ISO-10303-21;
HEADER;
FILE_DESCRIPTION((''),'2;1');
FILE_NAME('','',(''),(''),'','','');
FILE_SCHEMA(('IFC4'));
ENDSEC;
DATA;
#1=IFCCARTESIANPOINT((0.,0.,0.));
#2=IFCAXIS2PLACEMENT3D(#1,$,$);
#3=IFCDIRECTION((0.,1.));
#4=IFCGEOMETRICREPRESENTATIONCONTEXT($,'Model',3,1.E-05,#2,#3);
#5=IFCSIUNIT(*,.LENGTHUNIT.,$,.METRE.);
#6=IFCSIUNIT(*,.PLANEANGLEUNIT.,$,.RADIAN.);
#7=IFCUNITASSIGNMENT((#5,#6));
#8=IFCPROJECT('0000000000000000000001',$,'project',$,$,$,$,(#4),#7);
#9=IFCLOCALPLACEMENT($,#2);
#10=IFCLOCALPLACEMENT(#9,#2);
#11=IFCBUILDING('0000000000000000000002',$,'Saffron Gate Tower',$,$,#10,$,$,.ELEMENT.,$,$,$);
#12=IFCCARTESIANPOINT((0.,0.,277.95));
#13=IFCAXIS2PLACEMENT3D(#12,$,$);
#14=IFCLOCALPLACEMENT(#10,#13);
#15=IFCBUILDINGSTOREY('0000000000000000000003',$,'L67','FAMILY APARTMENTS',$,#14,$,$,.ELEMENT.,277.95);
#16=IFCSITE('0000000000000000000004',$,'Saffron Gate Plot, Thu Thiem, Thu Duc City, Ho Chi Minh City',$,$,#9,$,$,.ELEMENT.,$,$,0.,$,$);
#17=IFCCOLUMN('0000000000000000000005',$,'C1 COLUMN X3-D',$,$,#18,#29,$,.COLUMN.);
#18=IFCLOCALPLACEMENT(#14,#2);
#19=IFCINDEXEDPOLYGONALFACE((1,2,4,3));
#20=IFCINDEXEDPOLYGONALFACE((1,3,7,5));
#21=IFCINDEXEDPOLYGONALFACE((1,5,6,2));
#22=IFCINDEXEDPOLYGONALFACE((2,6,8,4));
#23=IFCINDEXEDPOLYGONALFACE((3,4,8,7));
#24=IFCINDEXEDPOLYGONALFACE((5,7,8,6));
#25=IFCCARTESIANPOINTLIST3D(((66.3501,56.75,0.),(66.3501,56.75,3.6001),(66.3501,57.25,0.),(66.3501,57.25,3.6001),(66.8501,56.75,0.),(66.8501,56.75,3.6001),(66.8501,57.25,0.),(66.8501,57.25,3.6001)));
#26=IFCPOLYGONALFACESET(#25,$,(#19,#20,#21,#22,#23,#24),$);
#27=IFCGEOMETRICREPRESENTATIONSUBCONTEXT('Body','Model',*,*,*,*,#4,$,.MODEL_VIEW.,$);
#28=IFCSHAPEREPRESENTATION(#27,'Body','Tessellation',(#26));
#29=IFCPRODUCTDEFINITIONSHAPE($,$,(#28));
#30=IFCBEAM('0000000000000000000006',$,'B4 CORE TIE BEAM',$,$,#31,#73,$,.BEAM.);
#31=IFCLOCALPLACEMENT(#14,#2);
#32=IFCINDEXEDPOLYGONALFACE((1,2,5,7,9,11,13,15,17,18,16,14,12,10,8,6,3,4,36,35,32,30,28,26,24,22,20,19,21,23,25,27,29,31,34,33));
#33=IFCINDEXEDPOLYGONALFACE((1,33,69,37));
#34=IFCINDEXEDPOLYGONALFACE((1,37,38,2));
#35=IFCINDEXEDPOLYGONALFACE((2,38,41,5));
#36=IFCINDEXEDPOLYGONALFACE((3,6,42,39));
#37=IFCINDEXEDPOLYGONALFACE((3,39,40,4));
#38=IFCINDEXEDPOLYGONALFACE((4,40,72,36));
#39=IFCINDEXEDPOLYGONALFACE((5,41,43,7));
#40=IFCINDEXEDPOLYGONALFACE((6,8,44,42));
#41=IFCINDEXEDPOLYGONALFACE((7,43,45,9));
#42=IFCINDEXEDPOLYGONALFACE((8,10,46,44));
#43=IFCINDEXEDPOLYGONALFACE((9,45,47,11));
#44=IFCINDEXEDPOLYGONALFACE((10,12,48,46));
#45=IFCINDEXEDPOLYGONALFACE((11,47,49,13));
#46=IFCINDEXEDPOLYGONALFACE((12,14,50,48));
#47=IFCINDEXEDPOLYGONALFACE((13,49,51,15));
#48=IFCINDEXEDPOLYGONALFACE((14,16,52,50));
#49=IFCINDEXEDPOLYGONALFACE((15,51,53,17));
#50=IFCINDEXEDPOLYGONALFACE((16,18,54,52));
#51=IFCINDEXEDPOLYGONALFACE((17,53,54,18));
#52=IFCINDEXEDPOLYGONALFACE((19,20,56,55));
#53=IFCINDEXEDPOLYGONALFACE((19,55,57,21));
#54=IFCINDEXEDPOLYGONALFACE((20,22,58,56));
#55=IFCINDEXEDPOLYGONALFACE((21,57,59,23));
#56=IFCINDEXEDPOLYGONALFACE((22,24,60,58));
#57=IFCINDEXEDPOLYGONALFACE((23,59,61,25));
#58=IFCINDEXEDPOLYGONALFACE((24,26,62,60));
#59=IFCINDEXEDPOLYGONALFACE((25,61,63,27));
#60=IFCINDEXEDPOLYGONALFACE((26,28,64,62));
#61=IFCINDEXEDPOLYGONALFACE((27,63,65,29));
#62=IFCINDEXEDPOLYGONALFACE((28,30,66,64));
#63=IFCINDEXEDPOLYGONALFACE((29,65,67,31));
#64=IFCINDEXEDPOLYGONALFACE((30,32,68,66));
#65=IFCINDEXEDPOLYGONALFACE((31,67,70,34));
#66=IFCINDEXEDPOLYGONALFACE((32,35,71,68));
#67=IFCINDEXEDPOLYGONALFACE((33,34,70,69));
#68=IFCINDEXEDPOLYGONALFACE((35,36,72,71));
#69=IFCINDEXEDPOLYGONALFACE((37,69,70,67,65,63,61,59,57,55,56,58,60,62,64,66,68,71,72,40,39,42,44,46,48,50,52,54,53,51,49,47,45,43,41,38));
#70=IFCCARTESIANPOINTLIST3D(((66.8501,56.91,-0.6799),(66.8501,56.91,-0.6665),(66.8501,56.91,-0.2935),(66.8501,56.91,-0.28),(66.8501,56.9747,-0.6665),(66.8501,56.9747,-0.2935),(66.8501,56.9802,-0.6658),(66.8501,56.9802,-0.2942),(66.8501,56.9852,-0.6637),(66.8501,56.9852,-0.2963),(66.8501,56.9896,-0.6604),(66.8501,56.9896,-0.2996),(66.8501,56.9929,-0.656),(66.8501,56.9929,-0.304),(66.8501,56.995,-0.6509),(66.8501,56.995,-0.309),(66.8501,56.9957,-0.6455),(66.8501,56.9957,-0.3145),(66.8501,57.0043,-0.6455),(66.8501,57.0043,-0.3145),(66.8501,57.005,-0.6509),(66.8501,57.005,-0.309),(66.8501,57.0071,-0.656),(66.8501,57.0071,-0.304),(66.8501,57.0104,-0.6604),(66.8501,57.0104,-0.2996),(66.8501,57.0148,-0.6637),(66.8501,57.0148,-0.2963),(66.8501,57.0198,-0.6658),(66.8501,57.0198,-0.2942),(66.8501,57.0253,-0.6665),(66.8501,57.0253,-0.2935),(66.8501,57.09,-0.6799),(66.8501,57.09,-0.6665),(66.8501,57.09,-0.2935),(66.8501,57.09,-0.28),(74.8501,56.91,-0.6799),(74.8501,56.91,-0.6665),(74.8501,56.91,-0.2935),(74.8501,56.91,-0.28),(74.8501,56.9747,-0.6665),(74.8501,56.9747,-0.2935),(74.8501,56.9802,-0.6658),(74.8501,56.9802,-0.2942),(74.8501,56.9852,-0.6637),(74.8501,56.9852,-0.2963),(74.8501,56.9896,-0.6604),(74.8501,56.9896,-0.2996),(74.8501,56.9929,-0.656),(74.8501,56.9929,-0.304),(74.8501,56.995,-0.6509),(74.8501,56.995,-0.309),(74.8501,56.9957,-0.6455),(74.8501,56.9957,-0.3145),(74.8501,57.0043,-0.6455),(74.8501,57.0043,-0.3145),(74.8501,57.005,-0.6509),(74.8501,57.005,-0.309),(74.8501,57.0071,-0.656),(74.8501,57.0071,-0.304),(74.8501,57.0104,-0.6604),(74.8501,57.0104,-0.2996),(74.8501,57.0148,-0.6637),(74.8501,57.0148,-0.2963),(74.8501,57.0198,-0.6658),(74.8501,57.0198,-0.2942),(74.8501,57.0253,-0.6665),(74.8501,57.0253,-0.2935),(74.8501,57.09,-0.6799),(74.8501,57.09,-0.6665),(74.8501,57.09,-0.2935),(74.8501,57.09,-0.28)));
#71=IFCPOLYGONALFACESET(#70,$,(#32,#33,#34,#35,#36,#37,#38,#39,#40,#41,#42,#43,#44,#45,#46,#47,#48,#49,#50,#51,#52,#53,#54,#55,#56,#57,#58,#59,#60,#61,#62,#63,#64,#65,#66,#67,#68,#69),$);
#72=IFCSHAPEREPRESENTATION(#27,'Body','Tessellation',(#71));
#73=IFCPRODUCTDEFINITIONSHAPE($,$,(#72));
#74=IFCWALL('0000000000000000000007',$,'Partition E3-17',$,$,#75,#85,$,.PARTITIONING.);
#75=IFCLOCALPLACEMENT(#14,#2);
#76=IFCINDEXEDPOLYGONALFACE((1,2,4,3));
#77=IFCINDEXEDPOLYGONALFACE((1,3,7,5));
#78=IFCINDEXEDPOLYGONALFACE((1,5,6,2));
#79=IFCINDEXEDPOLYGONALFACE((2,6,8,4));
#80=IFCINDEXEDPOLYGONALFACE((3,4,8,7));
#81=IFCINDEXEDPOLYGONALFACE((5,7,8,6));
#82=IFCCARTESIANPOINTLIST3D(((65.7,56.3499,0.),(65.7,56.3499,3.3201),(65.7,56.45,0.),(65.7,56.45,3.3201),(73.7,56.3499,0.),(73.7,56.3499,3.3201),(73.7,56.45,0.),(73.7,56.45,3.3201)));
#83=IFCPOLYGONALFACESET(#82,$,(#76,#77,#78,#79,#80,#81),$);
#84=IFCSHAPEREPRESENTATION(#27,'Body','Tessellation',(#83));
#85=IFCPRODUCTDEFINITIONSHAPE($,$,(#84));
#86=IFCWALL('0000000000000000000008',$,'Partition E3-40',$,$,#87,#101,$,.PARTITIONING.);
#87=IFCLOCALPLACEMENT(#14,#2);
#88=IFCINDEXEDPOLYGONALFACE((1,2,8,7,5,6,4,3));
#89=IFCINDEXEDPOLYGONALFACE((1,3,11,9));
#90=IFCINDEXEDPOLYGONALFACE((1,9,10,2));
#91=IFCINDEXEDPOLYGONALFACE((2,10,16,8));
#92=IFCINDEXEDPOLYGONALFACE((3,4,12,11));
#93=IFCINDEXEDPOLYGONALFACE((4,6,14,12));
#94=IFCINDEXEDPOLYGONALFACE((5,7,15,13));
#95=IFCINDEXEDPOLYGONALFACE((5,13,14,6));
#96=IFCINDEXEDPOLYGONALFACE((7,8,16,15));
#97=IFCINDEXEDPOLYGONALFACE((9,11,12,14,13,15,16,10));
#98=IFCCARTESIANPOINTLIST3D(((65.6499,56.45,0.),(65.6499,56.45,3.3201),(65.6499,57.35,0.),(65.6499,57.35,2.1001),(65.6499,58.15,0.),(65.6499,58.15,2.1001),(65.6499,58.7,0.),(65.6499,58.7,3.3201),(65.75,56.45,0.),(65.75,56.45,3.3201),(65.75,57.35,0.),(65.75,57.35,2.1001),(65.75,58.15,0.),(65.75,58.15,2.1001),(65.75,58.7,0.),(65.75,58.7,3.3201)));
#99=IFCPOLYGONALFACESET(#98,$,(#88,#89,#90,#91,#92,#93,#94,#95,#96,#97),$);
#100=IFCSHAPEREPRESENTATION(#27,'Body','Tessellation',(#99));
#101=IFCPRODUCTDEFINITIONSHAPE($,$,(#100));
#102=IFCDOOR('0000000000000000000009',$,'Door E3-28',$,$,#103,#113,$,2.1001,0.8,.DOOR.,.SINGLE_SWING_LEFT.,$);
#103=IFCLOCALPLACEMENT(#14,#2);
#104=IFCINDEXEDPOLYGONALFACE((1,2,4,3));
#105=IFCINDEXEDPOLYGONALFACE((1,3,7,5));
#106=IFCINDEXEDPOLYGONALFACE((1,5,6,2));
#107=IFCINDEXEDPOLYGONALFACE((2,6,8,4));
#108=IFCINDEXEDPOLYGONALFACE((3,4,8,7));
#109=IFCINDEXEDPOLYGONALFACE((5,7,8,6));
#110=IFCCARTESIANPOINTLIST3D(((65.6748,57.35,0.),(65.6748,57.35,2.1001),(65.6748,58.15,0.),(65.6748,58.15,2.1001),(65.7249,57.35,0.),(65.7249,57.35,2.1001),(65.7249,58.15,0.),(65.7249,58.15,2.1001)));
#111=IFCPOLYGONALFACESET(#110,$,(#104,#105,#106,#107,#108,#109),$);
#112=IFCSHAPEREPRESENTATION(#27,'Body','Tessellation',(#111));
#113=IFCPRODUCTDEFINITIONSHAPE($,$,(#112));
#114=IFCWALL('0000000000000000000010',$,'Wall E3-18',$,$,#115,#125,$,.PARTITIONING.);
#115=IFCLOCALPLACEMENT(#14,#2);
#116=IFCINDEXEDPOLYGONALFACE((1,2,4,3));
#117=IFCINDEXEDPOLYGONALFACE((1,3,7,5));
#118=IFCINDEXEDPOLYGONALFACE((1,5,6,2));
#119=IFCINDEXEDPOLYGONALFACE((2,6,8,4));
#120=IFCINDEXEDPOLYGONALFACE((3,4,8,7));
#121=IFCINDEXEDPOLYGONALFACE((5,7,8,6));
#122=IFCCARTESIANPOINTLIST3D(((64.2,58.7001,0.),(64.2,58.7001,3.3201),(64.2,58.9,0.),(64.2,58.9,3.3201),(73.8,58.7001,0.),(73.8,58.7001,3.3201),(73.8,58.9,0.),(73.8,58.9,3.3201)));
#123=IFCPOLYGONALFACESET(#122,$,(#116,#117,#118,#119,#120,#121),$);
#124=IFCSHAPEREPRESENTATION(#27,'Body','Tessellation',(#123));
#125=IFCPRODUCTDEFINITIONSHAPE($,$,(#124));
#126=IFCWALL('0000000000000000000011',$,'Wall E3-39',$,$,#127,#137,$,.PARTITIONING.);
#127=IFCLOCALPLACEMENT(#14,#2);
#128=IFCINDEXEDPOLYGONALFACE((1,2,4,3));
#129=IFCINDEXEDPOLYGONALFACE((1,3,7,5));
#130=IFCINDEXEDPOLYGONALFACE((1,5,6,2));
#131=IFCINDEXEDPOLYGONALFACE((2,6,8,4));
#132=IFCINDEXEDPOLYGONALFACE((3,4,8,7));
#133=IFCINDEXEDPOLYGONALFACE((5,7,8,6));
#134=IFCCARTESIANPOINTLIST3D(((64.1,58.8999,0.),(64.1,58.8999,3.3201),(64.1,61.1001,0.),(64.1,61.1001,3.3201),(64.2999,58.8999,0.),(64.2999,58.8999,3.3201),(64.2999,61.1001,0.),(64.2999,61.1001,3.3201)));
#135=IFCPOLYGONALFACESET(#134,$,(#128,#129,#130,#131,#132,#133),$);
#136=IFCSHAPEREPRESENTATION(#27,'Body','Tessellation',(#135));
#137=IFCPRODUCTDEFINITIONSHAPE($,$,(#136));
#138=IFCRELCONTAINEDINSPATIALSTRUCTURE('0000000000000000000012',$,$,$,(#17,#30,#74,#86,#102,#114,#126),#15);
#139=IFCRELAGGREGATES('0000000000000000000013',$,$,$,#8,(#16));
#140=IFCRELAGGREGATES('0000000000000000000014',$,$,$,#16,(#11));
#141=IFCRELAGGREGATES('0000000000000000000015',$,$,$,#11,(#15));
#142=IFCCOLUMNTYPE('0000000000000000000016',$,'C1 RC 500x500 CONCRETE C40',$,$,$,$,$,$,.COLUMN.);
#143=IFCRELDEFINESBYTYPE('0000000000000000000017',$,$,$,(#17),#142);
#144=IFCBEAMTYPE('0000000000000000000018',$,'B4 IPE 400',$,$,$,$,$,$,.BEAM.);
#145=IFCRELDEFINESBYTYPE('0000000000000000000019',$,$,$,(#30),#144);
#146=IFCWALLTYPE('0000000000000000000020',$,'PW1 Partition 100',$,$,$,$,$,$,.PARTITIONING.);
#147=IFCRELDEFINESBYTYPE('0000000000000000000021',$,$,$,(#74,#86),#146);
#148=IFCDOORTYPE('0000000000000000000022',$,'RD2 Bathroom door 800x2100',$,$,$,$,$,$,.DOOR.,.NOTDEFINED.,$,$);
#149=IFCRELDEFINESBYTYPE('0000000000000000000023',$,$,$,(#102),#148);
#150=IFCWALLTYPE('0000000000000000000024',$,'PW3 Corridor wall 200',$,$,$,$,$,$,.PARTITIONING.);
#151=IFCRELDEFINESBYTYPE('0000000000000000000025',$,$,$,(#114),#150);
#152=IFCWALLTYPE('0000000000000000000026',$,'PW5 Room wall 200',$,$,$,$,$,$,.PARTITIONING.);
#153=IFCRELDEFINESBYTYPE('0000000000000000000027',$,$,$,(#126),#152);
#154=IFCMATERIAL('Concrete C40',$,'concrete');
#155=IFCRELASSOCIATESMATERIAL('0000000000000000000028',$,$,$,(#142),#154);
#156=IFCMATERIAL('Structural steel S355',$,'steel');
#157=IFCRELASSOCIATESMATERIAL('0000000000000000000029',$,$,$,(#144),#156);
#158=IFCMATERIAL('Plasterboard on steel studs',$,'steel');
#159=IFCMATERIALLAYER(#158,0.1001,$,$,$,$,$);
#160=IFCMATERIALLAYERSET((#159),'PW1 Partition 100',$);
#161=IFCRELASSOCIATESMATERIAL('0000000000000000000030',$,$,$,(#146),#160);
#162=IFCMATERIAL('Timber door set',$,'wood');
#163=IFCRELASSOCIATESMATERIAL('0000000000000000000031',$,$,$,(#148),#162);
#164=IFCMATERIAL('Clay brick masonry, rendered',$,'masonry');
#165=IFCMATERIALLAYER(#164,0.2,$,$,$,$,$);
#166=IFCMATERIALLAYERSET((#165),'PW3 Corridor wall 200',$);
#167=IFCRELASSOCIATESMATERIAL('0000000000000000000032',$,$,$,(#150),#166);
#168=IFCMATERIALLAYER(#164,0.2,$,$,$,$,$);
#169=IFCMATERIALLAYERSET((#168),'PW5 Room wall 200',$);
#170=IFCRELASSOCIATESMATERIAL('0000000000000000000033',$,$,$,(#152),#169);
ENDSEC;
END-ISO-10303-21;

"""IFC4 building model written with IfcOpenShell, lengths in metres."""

from ifc_helpers import new_model, si_unit, direction, frame, frame_2d, origin, origin_2d, place, context, subcontext, project, spatial, rectangle, i_section, extrude, material, layer, layer_set, material_profile, profile_set, type_object, element, fill, save


model = new_model("IFC4")

# Units and contexts
model_context = context("Model", 3, precision=1e-05, world=origin(), true_north=direction((0.0, 1.0)))
body_context = subcontext(model_context, "Body", "Model", "MODEL_VIEW")
ifc_project = project(units=[si_unit("LENGTHUNIT", "METRE"), si_unit("PLANEANGLEUNIT", "RADIAN")], contexts=[model_context])

# Site, building, storey
site_placement = place(None, origin())
site = spatial("IfcSite", under=ifc_project, at=site_placement, Name="Saffron Gate Plot, Thu Thiem, Thu Duc City, Ho Chi Minh City", CompositionType="ELEMENT", RefElevation=0.0)
building_placement = place(site_placement, origin())
building = spatial("IfcBuilding", under=site, at=building_placement, Name="Saffron Gate Tower", CompositionType="ELEMENT")
storey_placement = place(building_placement, frame((0.0, 0.0, 277.95)))
storey = spatial("IfcBuildingStorey", under=building, at=storey_placement, Name="L67", Description="FAMILY APARTMENTS", CompositionType="ELEMENT", Elevation=277.95)

# Column
ifc_material_1 = material(Name="Concrete C40", Category="concrete")
ifc_material_profile_1 = material_profile(ifc_material_1, rectangle(XDim=0.5, YDim=0.5, at=origin_2d()))
ifc_profile_set_1 = profile_set([ifc_material_profile_1], Name="Concrete C40")
column_type = type_object("IfcColumnType", Name="C1 RC 500x500 CONCRETE C40", PredefinedType="COLUMN", material=ifc_profile_set_1)
column_placement = place(storey_placement, frame((66.6001, 57.0, 0.0), z_axis=(0.0, 0.0, 1.0), x_axis=(1.0, 0.0, 0.0)))
element("IfcColumn", 1, at=column_placement, inside=storey, type_object=column_type, Name="C1 COLUMN X3-D", PredefinedType="COLUMN", context=body_context, shape_type="SweptSolid", body=[
    extrude(rectangle(XDim=0.5, YDim=0.5, at=origin_2d()), origin(), (0.0, 0.0, 1.0), 3.6001),
])

# Beam
ifc_material_2 = material(Name="Structural steel S355", Category="steel")
ifc_material_profile_2 = material_profile(ifc_material_2, i_section(OverallWidth=0.1799, OverallDepth=0.3999, WebThickness=0.0085, FlangeThickness=0.0134, FilletRadius=0.021, at=origin_2d()))
ifc_profile_set_2 = profile_set([ifc_material_profile_2], Name="Structural steel S355")
beam_type = type_object("IfcBeamType", Name="B4 IPE 400", PredefinedType="BEAM", material=ifc_profile_set_2)
beam_placement = place(storey_placement, frame((66.8501, 57.0, -0.48), z_axis=(1.0, 0.0, 0.0), x_axis=(0.0, 1.0, 0.0)))
element("IfcBeam", 2, at=beam_placement, inside=storey, type_object=beam_type, Name="B4 CORE TIE BEAM", PredefinedType="BEAM", context=body_context, shape_type="SweptSolid", body=[
    extrude(i_section(OverallWidth=0.1799, OverallDepth=0.3999, WebThickness=0.0085, FlangeThickness=0.0134, FilletRadius=0.021, at=origin_2d()), origin(), (0.0, 0.0, 1.0), 8.0),
])

# Wall
ifc_material_3 = material(Name="Plasterboard on steel studs", Category="steel")
ifc_layer_1 = layer(ifc_material_3, 0.1001)
ifc_layer_set_1 = layer_set([ifc_layer_1], Name="PW1 Partition 100")
wall_type_1 = type_object("IfcWallType", Name="PW1 Partition 100", PredefinedType="PARTITIONING", material=ifc_layer_set_1)
wall_1_placement = place(storey_placement, frame((65.7, 56.3999, 0.0), z_axis=(0.0, 0.0, 1.0), x_axis=(1.0, 0.0, 0.0)))
element("IfcWall", 3, at=wall_1_placement, inside=storey, type_object=wall_type_1, Name="Partition E3-17", PredefinedType="PARTITIONING", context=body_context, shape_type="SweptSolid", body=[
    extrude(rectangle(XDim=8.0, YDim=0.1001, at=frame_2d((4.0, 0.0))), origin(), (0.0, 0.0, 1.0), 3.3201),
])

# Wall, opening, door
wall_2_placement = place(storey_placement, frame((65.7, 58.7, 0.0), z_axis=(0.0, 0.0, 1.0), x_axis=(0.0, -1.0, 0.0)))
wall_2 = element("IfcWall", 4, at=wall_2_placement, inside=storey, type_object=wall_type_1, Name="Partition E3-40", PredefinedType="PARTITIONING", context=body_context, shape_type="SweptSolid", body=[
    extrude(rectangle(XDim=2.25, YDim=0.1001, at=frame_2d((1.125, 0.0))), origin(), (0.0, 0.0, 1.0), 3.3201),
])
opening_placement = place(wall_2_placement, frame((0.55, 0.0, 0.0)))
opening = element("IfcOpeningElement", 5, at=opening_placement, cuts=wall_2, PredefinedType="OPENING", context=body_context, shape_type="SweptSolid", body=[
    extrude(rectangle(XDim=0.8, YDim=2.1001, at=frame_2d((0.3999, 1.05))), frame((0.0, 0.0601, 0.0), z_axis=(0.0, -1.0, 0.0), x_axis=(1.0, 0.0, 0.0)), (0.0, 0.0, 1.0), 0.1201),
])
ifc_material_4 = material(Name="Timber door set", Category="wood")
door_type = type_object("IfcDoorType", Name="RD2 Bathroom door 800x2100", OperationType="NOTDEFINED", PredefinedType="DOOR", material=ifc_material_4)
door_placement = place(opening_placement, origin())
door = element("IfcDoor", 6, at=door_placement, inside=storey, type_object=door_type, Name="Door E3-28", OperationType="SINGLE_SWING_LEFT", OverallHeight=2.1001, OverallWidth=0.8, PredefinedType="DOOR", context=body_context, shape_type="SweptSolid", body=[
    extrude(rectangle(XDim=0.8, YDim=2.1001, at=frame_2d((0.3999, 1.05))), frame((0.0, 0.0249, 0.0), z_axis=(0.0, -1.0, 0.0), x_axis=(1.0, 0.0, 0.0)), (0.0, 0.0, 1.0), 0.05),
])
fill(opening, door)

# Walls
ifc_material_5 = material(Name="Clay brick masonry, rendered", Category="masonry")
ifc_layer_2 = layer(ifc_material_5, 0.2)
ifc_layer_set_2 = layer_set([ifc_layer_2], Name="PW3 Corridor wall 200")
wall_type_2 = type_object("IfcWallType", Name="PW3 Corridor wall 200", PredefinedType="PARTITIONING", material=ifc_layer_set_2)
wall_3_placement = place(storey_placement, frame((64.2, 58.8, 0.0), z_axis=(0.0, 0.0, 1.0), x_axis=(1.0, 0.0, 0.0)))
element("IfcWall", 7, at=wall_3_placement, inside=storey, type_object=wall_type_2, Name="Wall E3-18", PredefinedType="PARTITIONING", context=body_context, shape_type="SweptSolid", body=[
    extrude(rectangle(XDim=9.6001, YDim=0.2, at=frame_2d((4.8, 0.0))), origin(), (0.0, 0.0, 1.0), 3.3201),
])
ifc_layer_3 = layer(ifc_material_5, 0.2)
ifc_layer_set_3 = layer_set([ifc_layer_3], Name="PW5 Room wall 200")
wall_type_3 = type_object("IfcWallType", Name="PW5 Room wall 200", PredefinedType="PARTITIONING", material=ifc_layer_set_3)
wall_4_placement = place(storey_placement, frame((64.2, 61.1001, 0.0), z_axis=(0.0, 0.0, 1.0), x_axis=(0.0, -1.0, 0.0)))
element("IfcWall", 8, at=wall_4_placement, inside=storey, type_object=wall_type_3, Name="Wall E3-39", PredefinedType="PARTITIONING", context=body_context, shape_type="SweptSolid", body=[
    extrude(rectangle(XDim=2.2002, YDim=0.2, at=frame_2d((1.1001, 0.0))), origin(), (0.0, 0.0, 1.0), 3.3201),
])

save(model, "model.ifc")
